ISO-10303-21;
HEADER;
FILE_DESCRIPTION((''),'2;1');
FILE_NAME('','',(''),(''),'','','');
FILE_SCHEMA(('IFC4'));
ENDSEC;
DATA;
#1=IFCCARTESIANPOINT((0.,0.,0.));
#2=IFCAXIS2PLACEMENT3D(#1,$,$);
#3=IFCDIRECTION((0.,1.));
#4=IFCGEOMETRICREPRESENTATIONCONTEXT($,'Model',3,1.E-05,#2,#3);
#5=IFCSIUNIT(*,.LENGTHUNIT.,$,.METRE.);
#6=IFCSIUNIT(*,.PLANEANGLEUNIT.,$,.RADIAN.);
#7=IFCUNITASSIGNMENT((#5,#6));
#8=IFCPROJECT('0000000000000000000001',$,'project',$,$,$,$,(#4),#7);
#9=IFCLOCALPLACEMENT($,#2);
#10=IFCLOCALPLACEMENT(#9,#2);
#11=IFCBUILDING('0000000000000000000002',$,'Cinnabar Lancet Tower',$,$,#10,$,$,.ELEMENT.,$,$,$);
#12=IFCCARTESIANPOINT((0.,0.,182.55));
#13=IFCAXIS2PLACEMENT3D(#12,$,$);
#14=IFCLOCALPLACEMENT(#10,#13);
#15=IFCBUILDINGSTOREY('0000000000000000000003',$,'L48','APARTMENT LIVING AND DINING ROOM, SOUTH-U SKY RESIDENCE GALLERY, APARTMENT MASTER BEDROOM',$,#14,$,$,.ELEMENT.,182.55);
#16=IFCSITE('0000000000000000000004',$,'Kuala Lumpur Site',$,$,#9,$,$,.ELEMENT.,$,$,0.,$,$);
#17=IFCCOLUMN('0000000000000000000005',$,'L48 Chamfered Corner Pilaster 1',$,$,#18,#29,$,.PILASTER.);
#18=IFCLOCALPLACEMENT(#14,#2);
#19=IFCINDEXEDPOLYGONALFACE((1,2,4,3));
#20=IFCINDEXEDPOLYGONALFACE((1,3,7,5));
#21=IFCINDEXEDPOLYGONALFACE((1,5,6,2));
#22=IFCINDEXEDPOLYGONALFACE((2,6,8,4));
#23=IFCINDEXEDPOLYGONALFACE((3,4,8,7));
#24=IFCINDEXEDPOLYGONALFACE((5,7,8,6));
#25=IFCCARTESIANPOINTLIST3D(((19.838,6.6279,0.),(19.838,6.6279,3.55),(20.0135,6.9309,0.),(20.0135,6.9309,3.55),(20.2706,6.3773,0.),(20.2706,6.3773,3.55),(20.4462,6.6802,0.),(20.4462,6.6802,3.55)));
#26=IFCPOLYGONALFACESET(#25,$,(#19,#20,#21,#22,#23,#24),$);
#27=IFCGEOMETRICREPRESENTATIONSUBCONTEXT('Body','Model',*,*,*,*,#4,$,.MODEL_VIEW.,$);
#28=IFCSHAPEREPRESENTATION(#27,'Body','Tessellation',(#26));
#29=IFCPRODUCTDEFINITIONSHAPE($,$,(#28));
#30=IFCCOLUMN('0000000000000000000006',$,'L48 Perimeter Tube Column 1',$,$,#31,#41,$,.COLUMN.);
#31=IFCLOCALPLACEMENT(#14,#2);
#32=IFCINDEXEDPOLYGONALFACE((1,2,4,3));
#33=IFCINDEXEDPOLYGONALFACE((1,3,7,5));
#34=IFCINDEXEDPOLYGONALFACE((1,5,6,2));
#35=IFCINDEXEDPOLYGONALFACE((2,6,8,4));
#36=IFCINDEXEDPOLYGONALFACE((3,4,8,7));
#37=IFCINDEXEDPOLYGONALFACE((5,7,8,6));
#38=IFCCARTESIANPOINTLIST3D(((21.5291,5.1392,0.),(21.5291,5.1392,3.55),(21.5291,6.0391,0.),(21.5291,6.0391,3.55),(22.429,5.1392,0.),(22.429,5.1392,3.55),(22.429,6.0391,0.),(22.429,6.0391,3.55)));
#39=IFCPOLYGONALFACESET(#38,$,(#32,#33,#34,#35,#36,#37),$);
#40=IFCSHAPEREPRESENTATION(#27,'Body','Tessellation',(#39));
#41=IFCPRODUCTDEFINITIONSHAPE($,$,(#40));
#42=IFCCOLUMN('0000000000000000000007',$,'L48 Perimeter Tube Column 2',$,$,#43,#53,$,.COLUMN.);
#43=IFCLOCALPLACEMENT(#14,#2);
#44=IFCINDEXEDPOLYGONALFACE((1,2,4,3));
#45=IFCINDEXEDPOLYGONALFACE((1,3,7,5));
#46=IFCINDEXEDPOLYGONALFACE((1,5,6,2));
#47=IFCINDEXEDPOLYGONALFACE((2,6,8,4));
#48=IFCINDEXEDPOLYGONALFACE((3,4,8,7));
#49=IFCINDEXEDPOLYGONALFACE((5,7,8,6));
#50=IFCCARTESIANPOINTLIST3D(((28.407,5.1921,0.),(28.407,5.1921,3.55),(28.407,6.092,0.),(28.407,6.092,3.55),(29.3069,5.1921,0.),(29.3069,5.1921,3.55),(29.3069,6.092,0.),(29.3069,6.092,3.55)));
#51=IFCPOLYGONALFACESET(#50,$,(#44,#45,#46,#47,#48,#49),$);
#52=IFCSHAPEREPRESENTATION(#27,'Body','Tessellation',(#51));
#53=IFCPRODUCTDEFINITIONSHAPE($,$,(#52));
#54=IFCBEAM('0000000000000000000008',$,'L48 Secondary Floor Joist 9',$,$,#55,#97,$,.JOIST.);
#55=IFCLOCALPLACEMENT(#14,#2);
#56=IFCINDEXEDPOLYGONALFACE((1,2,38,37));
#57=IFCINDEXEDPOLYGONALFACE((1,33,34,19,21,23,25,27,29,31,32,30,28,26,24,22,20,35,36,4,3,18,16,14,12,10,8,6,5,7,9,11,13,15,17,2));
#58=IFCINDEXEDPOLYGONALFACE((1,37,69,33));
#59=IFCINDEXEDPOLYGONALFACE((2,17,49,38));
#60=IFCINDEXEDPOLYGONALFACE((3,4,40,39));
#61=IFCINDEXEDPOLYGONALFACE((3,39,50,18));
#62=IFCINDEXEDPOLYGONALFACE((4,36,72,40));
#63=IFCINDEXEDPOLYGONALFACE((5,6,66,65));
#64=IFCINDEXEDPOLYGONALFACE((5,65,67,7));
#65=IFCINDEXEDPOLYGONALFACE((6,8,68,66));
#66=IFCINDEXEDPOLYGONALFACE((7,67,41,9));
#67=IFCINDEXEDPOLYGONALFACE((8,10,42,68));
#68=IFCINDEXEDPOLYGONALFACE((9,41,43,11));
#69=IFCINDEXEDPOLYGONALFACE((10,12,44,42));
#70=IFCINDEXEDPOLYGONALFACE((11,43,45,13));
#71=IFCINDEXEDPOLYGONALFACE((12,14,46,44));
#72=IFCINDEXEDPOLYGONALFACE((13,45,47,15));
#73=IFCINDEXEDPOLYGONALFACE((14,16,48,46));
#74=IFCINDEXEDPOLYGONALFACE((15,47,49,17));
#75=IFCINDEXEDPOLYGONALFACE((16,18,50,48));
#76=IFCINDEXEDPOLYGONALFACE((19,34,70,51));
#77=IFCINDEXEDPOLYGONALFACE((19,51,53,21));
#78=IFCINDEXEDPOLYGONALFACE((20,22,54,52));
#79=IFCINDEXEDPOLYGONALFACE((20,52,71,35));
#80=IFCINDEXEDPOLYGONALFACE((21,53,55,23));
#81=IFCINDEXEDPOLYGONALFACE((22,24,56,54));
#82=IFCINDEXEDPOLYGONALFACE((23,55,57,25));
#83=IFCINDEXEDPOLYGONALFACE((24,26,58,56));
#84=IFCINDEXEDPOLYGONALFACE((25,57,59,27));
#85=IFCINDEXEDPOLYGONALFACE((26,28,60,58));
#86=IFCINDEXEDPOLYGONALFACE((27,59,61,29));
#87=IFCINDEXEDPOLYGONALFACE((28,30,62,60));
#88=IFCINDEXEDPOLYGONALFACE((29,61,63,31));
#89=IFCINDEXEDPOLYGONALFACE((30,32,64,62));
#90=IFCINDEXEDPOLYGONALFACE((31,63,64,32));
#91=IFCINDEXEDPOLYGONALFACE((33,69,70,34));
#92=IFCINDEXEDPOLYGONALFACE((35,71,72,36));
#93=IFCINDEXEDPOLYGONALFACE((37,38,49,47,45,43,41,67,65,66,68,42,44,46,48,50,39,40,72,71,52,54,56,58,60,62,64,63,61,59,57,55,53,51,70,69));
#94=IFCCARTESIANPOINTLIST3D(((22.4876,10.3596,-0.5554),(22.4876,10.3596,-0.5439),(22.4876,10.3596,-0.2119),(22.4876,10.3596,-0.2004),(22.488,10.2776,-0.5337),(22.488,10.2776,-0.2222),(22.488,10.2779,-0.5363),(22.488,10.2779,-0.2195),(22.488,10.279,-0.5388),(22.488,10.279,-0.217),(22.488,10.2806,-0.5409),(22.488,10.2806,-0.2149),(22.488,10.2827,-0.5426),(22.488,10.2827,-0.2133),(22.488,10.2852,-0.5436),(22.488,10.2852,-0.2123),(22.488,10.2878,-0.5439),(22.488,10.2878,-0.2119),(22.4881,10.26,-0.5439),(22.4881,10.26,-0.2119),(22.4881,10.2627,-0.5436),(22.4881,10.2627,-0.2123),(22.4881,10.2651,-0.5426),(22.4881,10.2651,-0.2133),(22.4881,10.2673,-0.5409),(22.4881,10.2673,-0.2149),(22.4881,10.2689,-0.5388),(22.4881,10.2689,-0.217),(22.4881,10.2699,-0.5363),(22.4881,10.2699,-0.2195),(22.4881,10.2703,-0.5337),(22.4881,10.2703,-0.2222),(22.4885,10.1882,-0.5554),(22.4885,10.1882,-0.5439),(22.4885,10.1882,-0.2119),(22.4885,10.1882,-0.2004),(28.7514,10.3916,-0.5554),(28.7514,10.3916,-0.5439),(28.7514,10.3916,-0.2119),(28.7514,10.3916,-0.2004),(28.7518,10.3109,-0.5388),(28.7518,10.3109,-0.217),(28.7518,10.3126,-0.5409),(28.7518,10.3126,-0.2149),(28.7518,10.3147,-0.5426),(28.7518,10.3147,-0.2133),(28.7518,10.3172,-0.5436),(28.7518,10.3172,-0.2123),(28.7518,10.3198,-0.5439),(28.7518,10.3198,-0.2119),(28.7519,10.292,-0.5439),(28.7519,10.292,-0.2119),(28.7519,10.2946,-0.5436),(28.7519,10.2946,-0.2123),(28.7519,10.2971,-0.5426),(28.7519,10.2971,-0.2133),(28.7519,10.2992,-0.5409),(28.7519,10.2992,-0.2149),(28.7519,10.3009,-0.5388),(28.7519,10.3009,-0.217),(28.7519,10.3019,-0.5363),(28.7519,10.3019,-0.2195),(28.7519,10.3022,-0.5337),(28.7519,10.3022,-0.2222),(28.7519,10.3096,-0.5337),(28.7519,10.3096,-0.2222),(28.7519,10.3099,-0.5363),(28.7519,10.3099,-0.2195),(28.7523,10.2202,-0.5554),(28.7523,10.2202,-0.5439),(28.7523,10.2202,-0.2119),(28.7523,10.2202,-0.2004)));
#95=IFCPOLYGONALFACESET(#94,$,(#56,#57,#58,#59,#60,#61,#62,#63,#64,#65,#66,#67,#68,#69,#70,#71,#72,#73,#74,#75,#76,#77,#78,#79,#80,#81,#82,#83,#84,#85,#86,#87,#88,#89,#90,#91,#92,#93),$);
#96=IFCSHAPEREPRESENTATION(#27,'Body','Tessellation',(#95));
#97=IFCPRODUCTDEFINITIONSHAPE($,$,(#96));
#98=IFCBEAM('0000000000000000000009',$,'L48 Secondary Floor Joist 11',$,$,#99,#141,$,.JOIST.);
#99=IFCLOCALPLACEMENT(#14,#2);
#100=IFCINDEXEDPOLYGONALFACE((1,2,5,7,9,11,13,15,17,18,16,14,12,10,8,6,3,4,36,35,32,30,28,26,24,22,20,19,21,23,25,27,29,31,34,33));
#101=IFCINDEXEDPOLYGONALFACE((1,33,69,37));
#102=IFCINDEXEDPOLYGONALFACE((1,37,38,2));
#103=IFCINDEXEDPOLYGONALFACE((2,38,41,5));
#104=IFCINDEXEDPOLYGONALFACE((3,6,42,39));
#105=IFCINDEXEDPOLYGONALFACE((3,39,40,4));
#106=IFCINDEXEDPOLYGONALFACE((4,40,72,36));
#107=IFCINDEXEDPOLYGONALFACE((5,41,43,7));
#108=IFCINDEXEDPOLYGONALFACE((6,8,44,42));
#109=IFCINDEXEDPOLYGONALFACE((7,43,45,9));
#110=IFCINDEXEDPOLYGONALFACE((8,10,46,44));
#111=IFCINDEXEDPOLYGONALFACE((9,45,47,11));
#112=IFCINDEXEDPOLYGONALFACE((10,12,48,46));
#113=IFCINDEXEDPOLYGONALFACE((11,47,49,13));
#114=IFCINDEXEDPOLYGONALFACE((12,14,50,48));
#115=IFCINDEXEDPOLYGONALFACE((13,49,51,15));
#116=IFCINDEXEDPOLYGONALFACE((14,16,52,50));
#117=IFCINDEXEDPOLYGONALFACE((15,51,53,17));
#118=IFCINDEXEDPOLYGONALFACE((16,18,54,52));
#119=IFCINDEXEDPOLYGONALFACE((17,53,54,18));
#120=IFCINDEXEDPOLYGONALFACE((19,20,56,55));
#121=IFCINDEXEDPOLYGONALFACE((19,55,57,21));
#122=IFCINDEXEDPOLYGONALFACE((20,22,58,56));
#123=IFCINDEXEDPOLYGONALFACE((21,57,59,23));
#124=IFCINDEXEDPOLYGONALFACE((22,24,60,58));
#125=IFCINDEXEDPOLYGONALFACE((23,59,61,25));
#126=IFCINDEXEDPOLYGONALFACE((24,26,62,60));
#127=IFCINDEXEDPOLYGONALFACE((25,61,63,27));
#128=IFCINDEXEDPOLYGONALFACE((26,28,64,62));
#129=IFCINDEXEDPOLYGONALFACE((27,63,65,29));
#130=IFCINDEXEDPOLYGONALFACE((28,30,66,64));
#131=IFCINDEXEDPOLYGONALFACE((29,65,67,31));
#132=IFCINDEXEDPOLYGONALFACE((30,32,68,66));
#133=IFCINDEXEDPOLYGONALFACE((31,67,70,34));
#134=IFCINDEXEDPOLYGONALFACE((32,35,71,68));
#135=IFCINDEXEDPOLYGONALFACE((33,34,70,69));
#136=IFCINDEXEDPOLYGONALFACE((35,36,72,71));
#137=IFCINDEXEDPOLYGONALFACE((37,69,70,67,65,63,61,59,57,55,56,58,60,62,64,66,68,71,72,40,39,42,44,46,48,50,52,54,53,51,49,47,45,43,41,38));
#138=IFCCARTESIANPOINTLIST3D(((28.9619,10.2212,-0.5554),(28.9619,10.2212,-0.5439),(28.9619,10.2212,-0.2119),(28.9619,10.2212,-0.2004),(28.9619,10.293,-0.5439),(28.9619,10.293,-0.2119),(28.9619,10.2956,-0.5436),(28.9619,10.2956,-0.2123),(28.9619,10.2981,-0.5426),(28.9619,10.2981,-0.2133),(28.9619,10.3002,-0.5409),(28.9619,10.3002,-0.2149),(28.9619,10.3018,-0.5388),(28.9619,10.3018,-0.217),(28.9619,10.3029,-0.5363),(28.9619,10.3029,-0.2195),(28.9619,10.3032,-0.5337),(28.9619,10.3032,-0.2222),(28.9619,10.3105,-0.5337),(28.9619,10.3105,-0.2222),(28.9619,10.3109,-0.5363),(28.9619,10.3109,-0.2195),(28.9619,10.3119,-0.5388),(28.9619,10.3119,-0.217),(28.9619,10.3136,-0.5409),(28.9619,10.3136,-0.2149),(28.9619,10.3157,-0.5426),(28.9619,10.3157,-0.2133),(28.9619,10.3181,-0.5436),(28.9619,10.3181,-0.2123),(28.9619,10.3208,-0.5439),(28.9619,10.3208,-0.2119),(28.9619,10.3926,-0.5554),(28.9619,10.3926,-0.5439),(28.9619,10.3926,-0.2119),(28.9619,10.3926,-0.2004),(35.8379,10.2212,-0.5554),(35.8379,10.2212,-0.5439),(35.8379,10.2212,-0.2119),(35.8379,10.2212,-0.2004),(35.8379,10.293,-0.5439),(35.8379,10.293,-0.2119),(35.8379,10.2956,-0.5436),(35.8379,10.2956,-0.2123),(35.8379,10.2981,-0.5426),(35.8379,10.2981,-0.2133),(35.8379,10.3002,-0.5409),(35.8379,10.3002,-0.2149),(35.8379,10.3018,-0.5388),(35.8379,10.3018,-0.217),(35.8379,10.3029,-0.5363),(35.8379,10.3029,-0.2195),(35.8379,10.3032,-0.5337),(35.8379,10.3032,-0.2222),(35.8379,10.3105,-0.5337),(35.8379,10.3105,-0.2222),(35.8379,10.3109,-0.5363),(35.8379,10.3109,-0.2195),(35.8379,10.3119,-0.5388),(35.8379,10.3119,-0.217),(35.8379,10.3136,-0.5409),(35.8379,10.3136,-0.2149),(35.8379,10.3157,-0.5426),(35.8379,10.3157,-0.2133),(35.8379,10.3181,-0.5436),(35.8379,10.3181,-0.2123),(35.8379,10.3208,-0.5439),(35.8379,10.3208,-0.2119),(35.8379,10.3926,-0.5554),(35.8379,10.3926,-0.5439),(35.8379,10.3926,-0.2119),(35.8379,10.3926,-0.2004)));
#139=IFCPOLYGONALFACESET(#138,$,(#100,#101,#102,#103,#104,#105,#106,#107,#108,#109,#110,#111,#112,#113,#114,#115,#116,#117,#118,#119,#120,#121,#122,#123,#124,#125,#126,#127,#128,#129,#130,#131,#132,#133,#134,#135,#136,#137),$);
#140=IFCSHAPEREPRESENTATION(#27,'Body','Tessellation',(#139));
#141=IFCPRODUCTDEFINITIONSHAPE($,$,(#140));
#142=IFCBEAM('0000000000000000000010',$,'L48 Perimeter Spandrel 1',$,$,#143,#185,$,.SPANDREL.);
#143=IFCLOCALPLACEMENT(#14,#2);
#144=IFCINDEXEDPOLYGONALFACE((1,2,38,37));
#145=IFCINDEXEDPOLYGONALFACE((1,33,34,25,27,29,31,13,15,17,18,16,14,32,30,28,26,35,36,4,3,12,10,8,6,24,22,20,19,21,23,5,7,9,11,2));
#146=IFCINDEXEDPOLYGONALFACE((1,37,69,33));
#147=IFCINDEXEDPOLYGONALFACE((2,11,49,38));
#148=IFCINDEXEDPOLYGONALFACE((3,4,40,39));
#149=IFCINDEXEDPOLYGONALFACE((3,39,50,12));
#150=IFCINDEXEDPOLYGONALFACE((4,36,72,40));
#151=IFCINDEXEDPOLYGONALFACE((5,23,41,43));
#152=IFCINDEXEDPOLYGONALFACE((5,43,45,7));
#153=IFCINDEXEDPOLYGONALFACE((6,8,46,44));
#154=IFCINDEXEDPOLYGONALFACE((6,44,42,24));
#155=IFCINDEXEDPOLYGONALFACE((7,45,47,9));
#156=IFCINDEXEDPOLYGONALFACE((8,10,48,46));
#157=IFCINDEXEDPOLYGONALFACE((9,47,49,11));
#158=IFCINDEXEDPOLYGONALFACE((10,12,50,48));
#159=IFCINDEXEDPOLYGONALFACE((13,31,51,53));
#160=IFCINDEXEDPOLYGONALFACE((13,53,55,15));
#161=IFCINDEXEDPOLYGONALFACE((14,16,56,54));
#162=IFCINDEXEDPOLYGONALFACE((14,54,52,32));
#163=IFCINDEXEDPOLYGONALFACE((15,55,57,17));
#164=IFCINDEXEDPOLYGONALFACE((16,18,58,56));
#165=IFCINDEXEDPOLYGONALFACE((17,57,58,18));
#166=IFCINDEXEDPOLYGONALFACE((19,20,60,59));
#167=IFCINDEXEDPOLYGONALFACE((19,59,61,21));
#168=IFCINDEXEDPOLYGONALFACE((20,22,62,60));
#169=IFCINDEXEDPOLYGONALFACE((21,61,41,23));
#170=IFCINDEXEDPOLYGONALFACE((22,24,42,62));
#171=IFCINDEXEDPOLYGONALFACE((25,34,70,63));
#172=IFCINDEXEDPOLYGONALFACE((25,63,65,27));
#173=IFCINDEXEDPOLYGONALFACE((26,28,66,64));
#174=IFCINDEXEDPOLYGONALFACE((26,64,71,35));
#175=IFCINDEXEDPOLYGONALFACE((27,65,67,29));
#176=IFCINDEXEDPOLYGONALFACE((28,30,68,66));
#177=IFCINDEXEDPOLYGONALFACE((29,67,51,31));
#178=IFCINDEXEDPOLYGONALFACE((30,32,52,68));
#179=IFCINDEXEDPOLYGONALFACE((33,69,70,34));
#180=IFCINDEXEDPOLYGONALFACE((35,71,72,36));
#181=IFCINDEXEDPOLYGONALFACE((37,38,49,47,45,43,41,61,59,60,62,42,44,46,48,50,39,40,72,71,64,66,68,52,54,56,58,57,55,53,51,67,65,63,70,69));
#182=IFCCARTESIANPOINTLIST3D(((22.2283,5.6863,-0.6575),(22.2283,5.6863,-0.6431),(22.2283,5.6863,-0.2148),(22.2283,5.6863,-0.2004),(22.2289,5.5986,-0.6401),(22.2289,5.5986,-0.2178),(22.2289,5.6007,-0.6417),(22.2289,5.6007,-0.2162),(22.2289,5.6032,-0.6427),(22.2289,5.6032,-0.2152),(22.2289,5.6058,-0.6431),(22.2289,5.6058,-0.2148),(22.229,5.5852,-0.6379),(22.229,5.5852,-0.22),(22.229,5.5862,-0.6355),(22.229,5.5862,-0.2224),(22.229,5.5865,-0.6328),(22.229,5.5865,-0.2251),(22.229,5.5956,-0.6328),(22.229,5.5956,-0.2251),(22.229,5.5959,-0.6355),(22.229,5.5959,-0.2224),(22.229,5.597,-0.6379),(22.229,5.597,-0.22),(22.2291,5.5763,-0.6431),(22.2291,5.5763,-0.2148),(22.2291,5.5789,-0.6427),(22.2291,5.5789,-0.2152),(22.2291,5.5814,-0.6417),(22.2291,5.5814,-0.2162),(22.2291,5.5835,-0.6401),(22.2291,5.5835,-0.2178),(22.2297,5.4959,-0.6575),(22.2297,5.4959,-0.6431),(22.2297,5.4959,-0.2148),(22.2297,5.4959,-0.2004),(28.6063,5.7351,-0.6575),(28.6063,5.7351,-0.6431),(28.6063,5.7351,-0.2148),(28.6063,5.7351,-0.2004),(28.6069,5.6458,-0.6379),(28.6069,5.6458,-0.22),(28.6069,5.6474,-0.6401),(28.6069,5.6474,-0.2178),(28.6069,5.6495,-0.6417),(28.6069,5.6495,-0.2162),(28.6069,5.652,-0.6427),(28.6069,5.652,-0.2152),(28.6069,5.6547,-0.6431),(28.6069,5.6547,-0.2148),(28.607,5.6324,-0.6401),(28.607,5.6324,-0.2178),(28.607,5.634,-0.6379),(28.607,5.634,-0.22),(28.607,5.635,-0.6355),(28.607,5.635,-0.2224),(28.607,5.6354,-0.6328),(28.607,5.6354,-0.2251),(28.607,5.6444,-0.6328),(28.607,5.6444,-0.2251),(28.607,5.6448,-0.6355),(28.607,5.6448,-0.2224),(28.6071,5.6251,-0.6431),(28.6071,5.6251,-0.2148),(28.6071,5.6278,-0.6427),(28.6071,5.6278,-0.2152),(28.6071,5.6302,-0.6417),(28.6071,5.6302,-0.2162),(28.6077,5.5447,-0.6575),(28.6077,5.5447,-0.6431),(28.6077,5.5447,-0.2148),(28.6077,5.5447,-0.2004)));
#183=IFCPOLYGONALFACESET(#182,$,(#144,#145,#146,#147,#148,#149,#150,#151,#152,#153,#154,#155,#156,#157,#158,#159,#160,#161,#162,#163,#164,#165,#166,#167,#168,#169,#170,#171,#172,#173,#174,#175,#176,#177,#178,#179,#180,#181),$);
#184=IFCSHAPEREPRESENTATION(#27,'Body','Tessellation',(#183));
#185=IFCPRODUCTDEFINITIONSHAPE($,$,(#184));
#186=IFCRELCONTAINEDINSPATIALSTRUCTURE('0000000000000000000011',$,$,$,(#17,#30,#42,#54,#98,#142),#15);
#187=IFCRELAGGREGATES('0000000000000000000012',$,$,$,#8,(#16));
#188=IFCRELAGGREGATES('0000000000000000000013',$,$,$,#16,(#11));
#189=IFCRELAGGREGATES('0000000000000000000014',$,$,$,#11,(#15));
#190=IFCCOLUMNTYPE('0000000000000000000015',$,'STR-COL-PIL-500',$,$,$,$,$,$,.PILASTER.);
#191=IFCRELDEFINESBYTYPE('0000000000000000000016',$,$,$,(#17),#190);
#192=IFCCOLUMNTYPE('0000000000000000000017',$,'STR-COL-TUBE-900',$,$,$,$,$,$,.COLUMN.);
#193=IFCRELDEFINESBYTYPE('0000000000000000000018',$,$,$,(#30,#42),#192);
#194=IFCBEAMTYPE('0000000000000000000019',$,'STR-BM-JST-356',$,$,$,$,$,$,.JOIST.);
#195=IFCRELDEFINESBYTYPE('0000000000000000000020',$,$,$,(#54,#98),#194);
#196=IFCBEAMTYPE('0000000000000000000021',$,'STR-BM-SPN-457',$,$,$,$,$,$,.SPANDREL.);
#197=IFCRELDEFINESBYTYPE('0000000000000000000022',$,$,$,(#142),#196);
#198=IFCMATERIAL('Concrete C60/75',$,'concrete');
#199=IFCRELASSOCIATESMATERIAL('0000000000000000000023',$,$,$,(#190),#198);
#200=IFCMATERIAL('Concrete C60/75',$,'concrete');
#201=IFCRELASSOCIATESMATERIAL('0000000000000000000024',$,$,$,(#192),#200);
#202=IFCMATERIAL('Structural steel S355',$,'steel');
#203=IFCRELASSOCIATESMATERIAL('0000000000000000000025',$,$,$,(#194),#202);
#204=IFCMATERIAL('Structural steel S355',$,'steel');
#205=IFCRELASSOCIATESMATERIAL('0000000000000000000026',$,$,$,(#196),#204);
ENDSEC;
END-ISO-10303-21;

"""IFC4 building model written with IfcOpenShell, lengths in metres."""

from ifc_helpers import new_model, si_unit, direction, frame, origin, origin_2d, place, context, subcontext, project, spatial, rectangle, i_section, extrude, material, material_profile, profile_set, type_object, element, save


model = new_model("IFC4")

# Units and contexts
model_context = context("Model", 3, precision=1e-05, world=origin(), true_north=direction((0.0, 1.0)))
body_context = subcontext(model_context, "Body", "Model", "MODEL_VIEW")
ifc_project = project(units=[si_unit("LENGTHUNIT", "METRE"), si_unit("PLANEANGLEUNIT", "RADIAN")], contexts=[model_context])

# Site, building, storey
site_placement = place(None, origin())
site = spatial("IfcSite", under=ifc_project, at=site_placement, Name="Kuala Lumpur Site", CompositionType="ELEMENT", RefElevation=0.0)
building_placement = place(site_placement, origin())
building = spatial("IfcBuilding", under=site, at=building_placement, Name="Cinnabar Lancet Tower", CompositionType="ELEMENT")
storey_placement = place(building_placement, frame((0.0, 0.0, 182.55)))
storey = spatial("IfcBuildingStorey", under=building, at=storey_placement, Name="L48", Description="APARTMENT LIVING AND DINING ROOM, SOUTH-U SKY RESIDENCE GALLERY, APARTMENT MASTER BEDROOM", CompositionType="ELEMENT", Elevation=182.55)

# Columns
ifc_material_1 = material(Name="Concrete C60/75", Category="concrete")
ifc_material_profile_1 = material_profile(ifc_material_1, rectangle(XDim=0.5, YDim=0.3501, at=origin_2d()), Name="RC-PIL 500x350")
ifc_profile_set_1 = profile_set([ifc_material_profile_1], Name="Concrete C60/75")
column_type_1 = type_object("IfcColumnType", Name="STR-COL-PIL-500", PredefinedType="PILASTER", material=ifc_profile_set_1)
column_placement = place(storey_placement, frame((20.1421, 6.6541, 0.0), z_axis=(0.0, 0.0, 1.0), x_axis=(0.86523, -0.501375, 0.0)))
element("IfcColumn", 1, at=column_placement, inside=storey, type_object=column_type_1, Name="L48 Chamfered Corner Pilaster 1", PredefinedType="PILASTER", context=body_context, shape_type="SweptSolid", body=[
    extrude(rectangle(XDim=0.5, YDim=0.3501, at=origin_2d()), origin(), (0.0, 0.0, 1.0), 3.55),
])
ifc_material_2 = material(Name="Concrete C60/75", Category="concrete")
ifc_material_profile_2 = material_profile(ifc_material_2, rectangle(XDim=0.8999, YDim=0.8999, at=origin_2d()), Name="RC-COL 900x900")
ifc_profile_set_2 = profile_set([ifc_material_profile_2], Name="Concrete C60/75")
column_type_2 = type_object("IfcColumnType", Name="STR-COL-TUBE-900", PredefinedType="COLUMN", material=ifc_profile_set_2)
for number, where, z_axis, x_axis, name in (
    (2, (21.979, 5.5891, 0.0), (0.0, 0.0, 1.0), (1.0, 0.0, 0.0), "L48 Perimeter Tube Column 1"),
    (3, (28.8569, 5.6421, 0.0), (0.0, 0.0, 1.0), (1.0, 0.0, 0.0), "L48 Perimeter Tube Column 2"),
):
    element("IfcColumn", number, at=place(storey_placement, frame(where, z_axis=z_axis, x_axis=x_axis)), inside=storey, type_object=column_type_2, Name=name, PredefinedType="COLUMN", context=body_context, shape_type="SweptSolid", body=[
        extrude(rectangle(XDim=0.8999, YDim=0.8999, at=origin_2d()), origin(), (0.0, 0.0, 1.0), 3.55),
    ])

# Beams
ifc_material_3 = material(Name="Structural steel S355", Category="steel")
ifc_material_profile_3 = material_profile(ifc_material_3, i_section(OverallWidth=0.1714, OverallDepth=0.355, WebThickness=0.0073, FlangeThickness=0.0115, FilletRadius=0.0103, at=origin_2d()), Name="UKB 356x171x51")
ifc_profile_set_3 = profile_set([ifc_material_profile_3], Name="Structural steel S355")
beam_type_1 = type_object("IfcBeamType", Name="STR-BM-JST-356", PredefinedType="JOIST", material=ifc_profile_set_3)
beam_1_placement = place(storey_placement, frame((22.488, 10.2739, -0.3779), z_axis=(0.999987, 0.005106, 0.0), x_axis=(-0.005106, 0.999987, 0.0)))
element("IfcBeam", 4, at=beam_1_placement, inside=storey, type_object=beam_type_1, Name="L48 Secondary Floor Joist 9", PredefinedType="JOIST", context=body_context, shape_type="SweptSolid", body=[
    extrude(i_section(OverallWidth=0.1714, OverallDepth=0.355, WebThickness=0.0073, FlangeThickness=0.0115, FilletRadius=0.0103, at=origin_2d()), origin(), (0.0, 0.0, 1.0), 6.2639),
])
beam_2_placement = place(storey_placement, frame((28.9619, 10.3069, -0.3779), z_axis=(1.0, 0.0, 0.0), x_axis=(0.0, 1.0, 0.0)))
element("IfcBeam", 5, at=beam_2_placement, inside=storey, type_object=beam_type_1, Name="L48 Secondary Floor Joist 11", PredefinedType="JOIST", context=body_context, shape_type="SweptSolid", body=[
    extrude(i_section(OverallWidth=0.1714, OverallDepth=0.355, WebThickness=0.0073, FlangeThickness=0.0115, FilletRadius=0.0103, at=origin_2d()), origin(), (0.0, 0.0, 1.0), 6.876),
])
ifc_material_4 = material(Name="Structural steel S355", Category="steel")
ifc_material_profile_4 = material_profile(ifc_material_4, i_section(OverallWidth=0.1904, OverallDepth=0.457, WebThickness=0.009, FlangeThickness=0.0144, FilletRadius=0.0103, at=origin_2d()), Name="UKB 457x191x74")
ifc_profile_set_4 = profile_set([ifc_material_profile_4], Name="Structural steel S355")
beam_type_2 = type_object("IfcBeamType", Name="STR-BM-SPN-457", PredefinedType="SPANDREL", material=ifc_profile_set_4)
beam_3_placement = place(storey_placement, frame((22.229, 5.5911, -0.429), z_axis=(0.999971, 0.007656, 0.0), x_axis=(-0.007656, 0.999971, 0.0)))
element("IfcBeam", 6, at=beam_3_placement, inside=storey, type_object=beam_type_2, Name="L48 Perimeter Spandrel 1", PredefinedType="SPANDREL", context=body_context, shape_type="SweptSolid", body=[
    extrude(i_section(OverallWidth=0.1904, OverallDepth=0.457, WebThickness=0.009, FlangeThickness=0.0144, FilletRadius=0.0103, at=origin_2d()), origin(), (0.0, 0.0, 1.0), 6.3782),
])

save(model, "model.ifc")
